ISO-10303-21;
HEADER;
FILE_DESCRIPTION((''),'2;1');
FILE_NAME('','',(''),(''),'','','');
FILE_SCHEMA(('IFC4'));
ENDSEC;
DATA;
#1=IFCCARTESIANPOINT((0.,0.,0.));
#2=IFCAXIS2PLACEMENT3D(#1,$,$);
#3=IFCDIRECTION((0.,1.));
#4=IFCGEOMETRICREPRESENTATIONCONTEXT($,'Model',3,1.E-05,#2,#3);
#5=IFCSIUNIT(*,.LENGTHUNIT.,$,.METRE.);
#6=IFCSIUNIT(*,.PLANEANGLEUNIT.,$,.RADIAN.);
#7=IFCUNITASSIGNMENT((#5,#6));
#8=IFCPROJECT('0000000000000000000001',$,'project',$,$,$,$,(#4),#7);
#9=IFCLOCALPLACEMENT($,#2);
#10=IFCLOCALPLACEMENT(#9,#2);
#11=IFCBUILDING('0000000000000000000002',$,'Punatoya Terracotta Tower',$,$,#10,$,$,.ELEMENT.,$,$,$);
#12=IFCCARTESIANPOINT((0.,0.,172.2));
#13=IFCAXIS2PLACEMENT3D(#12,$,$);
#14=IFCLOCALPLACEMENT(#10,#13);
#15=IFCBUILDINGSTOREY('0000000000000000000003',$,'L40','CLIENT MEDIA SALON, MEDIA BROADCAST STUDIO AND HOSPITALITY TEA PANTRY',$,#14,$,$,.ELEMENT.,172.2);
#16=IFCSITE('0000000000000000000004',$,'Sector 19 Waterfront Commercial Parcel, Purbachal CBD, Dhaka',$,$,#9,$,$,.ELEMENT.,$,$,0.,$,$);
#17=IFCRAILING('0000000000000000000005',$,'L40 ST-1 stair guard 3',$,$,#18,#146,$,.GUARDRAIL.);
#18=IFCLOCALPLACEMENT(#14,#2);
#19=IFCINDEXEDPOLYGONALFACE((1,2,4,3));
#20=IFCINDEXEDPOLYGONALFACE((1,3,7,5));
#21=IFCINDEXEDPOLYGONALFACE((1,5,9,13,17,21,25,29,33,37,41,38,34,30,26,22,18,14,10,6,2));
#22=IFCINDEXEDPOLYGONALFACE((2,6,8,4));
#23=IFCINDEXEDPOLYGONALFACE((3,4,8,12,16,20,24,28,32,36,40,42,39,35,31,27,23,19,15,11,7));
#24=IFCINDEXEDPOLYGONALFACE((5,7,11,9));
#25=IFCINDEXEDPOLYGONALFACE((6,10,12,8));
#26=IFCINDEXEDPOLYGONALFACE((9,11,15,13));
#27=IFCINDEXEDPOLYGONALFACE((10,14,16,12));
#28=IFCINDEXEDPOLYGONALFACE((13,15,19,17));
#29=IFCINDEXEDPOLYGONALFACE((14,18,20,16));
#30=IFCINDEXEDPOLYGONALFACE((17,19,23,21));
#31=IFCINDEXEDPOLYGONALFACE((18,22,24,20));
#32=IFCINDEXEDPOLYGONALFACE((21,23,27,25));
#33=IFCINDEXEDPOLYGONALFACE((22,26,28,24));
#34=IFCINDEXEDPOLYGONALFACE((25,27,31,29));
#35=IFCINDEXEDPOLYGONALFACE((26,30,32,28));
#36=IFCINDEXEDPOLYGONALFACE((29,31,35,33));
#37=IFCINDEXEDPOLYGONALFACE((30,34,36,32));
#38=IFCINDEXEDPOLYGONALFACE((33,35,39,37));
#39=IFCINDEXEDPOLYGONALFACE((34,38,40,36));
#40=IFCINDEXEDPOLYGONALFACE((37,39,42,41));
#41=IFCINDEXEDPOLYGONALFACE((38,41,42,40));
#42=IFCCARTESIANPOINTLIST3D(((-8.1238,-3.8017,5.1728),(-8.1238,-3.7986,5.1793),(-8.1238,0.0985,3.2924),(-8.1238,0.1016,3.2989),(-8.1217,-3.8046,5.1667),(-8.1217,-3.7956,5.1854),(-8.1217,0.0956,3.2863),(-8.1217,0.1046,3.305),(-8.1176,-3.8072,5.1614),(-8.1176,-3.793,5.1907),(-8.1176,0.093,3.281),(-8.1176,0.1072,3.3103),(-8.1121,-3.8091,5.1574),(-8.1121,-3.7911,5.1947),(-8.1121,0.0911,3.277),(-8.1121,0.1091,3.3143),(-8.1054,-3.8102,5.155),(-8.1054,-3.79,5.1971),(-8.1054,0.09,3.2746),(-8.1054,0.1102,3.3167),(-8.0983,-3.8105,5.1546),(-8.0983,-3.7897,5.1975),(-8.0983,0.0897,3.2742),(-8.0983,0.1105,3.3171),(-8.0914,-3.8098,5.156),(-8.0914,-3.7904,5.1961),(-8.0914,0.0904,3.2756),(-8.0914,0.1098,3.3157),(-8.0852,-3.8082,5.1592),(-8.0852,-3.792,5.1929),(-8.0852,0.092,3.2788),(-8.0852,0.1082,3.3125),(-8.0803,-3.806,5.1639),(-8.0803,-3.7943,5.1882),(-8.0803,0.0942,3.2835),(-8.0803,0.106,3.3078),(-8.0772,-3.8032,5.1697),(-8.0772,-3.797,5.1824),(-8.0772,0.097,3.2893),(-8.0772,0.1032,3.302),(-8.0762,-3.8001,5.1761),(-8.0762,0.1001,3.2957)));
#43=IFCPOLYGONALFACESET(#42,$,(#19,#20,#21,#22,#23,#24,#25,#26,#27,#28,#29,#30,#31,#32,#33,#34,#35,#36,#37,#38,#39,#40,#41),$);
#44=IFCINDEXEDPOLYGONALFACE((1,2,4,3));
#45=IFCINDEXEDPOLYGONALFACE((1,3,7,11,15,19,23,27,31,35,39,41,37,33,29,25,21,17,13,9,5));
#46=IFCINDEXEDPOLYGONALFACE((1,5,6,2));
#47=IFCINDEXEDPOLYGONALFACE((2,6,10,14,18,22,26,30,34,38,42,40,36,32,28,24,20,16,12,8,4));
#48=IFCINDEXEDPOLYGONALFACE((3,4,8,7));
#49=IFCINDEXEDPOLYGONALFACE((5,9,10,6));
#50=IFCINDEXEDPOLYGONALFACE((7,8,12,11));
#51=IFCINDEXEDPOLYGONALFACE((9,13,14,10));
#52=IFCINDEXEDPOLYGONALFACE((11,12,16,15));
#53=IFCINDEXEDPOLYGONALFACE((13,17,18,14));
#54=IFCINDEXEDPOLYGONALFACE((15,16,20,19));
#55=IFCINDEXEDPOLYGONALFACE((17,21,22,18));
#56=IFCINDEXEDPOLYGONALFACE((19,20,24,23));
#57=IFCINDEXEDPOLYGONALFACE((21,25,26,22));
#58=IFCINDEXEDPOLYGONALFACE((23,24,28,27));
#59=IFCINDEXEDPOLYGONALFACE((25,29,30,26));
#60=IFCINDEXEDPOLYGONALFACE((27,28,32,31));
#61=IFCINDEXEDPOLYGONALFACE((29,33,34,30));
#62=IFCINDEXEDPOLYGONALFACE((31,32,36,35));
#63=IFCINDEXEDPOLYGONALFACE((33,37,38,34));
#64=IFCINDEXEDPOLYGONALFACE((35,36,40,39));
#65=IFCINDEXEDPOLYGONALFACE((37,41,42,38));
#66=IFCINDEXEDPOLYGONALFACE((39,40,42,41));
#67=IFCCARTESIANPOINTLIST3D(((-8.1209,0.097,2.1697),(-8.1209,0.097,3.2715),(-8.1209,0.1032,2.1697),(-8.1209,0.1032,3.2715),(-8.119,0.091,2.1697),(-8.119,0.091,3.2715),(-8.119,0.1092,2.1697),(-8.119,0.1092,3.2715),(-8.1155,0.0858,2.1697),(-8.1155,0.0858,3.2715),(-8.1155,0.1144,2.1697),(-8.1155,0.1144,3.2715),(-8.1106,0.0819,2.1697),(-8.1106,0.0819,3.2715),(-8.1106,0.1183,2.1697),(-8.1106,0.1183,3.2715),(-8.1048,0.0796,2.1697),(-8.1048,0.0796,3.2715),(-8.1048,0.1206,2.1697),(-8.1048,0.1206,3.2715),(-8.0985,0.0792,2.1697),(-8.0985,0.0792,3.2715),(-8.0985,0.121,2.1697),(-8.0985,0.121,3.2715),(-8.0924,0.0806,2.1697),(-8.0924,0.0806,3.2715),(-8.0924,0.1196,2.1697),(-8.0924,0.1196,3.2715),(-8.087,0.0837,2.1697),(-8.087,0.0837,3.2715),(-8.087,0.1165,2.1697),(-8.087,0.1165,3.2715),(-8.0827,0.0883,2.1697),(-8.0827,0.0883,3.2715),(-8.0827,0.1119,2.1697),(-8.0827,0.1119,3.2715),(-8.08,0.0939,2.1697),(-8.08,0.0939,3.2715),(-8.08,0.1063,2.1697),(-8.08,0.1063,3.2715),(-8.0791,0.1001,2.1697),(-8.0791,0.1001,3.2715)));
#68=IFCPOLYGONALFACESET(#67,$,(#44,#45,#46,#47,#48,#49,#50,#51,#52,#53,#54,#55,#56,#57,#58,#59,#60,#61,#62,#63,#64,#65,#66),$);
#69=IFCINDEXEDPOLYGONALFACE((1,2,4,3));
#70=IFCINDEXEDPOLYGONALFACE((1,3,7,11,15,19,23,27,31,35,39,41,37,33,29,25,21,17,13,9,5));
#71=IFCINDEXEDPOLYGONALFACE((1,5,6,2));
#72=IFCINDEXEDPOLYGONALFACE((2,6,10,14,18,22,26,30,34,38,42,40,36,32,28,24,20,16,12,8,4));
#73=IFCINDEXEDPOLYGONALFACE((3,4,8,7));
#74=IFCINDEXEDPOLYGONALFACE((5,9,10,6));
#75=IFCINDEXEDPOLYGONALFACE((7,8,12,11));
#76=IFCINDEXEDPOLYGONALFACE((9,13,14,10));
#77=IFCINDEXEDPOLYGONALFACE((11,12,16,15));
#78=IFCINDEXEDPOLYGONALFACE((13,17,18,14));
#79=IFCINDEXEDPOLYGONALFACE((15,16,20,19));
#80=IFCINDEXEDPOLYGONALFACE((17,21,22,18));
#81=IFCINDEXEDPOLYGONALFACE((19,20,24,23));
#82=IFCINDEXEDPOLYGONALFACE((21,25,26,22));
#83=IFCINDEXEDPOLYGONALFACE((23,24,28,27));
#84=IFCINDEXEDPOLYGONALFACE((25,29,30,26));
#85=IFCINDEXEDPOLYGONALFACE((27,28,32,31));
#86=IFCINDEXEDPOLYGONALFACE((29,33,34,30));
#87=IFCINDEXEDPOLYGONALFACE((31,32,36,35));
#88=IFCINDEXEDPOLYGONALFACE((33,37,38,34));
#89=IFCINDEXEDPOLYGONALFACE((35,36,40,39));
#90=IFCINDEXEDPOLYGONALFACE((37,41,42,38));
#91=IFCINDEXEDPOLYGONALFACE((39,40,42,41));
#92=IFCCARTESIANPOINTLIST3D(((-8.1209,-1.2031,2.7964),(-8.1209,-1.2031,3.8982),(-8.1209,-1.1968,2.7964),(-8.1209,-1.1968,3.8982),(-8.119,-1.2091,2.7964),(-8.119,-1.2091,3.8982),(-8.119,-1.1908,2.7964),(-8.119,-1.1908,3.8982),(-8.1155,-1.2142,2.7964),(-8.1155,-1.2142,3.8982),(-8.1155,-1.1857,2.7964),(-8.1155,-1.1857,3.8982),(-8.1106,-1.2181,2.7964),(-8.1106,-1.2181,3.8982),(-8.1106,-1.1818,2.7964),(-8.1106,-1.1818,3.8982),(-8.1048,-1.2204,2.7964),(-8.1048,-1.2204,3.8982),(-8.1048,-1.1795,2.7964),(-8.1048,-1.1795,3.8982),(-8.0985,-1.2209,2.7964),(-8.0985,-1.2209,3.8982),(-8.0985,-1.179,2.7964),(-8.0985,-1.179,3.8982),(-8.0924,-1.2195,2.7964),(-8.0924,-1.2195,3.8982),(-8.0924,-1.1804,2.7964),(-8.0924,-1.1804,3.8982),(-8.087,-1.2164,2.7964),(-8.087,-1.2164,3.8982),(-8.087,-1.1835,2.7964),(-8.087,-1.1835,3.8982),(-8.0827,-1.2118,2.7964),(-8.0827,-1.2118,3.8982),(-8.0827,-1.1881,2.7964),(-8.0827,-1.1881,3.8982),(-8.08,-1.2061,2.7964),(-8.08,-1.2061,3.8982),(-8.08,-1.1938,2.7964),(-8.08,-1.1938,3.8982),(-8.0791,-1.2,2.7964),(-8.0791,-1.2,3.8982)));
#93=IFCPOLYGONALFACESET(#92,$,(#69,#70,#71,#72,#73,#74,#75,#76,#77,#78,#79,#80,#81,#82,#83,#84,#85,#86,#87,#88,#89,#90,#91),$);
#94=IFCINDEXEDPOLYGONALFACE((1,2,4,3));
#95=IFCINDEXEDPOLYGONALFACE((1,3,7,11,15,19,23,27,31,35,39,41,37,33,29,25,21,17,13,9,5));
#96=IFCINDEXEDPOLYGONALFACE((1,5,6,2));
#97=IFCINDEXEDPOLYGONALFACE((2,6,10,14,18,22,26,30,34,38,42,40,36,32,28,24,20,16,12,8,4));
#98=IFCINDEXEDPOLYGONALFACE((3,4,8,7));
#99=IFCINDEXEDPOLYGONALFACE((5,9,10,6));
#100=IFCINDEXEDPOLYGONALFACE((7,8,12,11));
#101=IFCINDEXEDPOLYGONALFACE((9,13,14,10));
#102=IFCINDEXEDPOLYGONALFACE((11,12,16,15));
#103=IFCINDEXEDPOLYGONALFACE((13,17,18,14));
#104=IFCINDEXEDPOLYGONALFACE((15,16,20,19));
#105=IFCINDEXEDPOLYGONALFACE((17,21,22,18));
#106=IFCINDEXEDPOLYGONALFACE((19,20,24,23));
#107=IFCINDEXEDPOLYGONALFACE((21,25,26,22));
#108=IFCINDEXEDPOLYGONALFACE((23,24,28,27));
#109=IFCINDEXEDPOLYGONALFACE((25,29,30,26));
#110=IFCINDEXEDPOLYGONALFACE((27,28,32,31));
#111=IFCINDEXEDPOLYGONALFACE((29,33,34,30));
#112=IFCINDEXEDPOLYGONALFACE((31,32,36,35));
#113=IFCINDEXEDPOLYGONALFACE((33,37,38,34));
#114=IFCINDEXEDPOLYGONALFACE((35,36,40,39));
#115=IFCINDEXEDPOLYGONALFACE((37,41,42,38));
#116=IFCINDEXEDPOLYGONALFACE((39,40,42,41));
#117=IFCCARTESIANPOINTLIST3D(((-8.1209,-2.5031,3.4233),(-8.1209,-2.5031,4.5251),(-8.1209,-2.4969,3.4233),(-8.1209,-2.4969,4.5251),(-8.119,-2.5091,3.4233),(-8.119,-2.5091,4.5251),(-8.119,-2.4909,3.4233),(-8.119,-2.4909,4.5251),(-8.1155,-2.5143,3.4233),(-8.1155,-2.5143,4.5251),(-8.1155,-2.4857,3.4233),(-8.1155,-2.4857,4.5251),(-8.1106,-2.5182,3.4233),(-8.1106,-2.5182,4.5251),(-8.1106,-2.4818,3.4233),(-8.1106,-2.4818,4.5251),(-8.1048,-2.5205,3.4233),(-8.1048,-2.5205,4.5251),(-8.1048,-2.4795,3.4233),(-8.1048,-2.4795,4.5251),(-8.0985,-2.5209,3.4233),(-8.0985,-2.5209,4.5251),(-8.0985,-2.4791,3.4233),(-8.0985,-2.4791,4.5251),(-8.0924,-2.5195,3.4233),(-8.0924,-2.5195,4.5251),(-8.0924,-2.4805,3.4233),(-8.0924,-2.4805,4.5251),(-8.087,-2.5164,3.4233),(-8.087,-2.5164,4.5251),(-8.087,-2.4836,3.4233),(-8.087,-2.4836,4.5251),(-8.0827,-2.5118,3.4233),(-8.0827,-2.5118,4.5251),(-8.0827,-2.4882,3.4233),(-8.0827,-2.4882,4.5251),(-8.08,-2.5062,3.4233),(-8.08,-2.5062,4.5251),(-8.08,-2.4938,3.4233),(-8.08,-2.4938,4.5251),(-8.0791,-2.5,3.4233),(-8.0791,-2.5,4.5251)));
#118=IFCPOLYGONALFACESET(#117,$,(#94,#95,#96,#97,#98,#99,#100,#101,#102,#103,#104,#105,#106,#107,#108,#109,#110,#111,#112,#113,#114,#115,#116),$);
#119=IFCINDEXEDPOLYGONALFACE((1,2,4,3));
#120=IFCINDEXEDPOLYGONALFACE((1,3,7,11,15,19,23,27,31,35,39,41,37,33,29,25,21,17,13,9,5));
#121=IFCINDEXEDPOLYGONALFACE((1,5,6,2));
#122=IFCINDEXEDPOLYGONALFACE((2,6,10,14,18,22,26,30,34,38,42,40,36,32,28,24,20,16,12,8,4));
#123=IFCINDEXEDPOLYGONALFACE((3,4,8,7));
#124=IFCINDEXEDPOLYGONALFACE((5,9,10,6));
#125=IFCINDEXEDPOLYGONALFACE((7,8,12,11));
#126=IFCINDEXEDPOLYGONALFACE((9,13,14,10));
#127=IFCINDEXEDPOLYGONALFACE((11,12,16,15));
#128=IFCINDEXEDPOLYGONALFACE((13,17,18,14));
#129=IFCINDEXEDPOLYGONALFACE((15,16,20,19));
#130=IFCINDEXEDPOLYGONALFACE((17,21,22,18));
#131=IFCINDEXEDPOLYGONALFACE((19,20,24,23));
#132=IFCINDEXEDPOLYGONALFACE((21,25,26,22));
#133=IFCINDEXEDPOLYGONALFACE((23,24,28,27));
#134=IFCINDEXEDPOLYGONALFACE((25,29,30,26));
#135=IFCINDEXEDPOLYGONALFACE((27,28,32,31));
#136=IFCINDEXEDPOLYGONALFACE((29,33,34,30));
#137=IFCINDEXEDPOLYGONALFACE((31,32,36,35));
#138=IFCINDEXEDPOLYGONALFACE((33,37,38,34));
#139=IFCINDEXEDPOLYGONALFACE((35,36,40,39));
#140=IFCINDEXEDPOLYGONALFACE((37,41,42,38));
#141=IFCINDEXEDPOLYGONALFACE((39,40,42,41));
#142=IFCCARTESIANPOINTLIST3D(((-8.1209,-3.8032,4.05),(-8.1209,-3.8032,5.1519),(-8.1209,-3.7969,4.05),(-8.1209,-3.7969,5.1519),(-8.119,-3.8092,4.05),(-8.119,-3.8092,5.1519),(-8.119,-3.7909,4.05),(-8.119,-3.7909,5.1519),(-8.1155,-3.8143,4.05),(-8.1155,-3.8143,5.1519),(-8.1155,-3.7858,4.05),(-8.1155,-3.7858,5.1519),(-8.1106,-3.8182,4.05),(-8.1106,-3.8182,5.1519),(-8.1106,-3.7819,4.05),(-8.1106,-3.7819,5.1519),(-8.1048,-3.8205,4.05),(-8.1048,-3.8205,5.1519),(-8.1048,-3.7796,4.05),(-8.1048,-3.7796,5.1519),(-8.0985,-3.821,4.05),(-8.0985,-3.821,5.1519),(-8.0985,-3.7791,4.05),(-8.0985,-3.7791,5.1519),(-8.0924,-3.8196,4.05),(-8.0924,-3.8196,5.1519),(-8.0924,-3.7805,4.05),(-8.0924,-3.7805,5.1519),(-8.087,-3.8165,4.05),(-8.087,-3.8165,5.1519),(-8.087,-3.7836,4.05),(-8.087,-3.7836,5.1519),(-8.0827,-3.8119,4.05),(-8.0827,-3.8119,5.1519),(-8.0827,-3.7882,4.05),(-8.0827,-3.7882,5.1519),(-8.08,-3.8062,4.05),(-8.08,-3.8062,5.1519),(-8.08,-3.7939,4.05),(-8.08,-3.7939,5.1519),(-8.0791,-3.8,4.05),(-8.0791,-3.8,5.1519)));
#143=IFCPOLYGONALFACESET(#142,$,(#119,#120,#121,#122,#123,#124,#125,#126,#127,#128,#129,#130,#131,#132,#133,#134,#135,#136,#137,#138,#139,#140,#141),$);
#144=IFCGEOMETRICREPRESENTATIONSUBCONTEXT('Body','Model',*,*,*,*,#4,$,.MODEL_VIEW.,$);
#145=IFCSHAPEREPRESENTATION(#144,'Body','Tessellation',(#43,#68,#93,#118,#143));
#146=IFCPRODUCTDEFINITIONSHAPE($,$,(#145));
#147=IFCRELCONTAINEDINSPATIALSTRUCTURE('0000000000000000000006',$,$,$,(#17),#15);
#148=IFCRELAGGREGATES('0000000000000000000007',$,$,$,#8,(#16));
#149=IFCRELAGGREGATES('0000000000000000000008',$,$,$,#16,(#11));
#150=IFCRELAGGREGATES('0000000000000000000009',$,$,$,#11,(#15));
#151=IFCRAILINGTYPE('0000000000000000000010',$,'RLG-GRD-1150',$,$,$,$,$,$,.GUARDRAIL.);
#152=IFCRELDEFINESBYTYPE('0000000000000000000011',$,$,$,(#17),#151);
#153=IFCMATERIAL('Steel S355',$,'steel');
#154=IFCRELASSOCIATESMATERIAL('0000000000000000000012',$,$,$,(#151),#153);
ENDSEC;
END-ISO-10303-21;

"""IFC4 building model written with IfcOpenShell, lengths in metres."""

from ifc_helpers import new_model, si_unit, direction, frame, origin, origin_2d, place, context, subcontext, project, spatial, circle, extrude, material, type_object, element, save


model = new_model("IFC4")

# Units and contexts
model_context = context("Model", 3, precision=1e-05, world=origin(), true_north=direction((0.0, 1.0)))
body_context = subcontext(model_context, "Body", "Model", "MODEL_VIEW")
ifc_project = project(units=[si_unit("LENGTHUNIT", "METRE"), si_unit("PLANEANGLEUNIT", "RADIAN")], contexts=[model_context])

# Site, building, storey
site_placement = place(None, origin())
site = spatial("IfcSite", under=ifc_project, at=site_placement, Name="Sector 19 Waterfront Commercial Parcel, Purbachal CBD, Dhaka", CompositionType="ELEMENT", RefElevation=0.0)
building_placement = place(site_placement, origin())
building = spatial("IfcBuilding", under=site, at=building_placement, Name="Punatoya Terracotta Tower", CompositionType="ELEMENT")
storey_placement = place(building_placement, frame((0.0, 0.0, 172.2)))
storey = spatial("IfcBuildingStorey", under=building, at=storey_placement, Name="L40", Description="CLIENT MEDIA SALON, MEDIA BROADCAST STUDIO AND HOSPITALITY TEA PANTRY", CompositionType="ELEMENT", Elevation=172.2)

# Shared definitions
ifc_material_1 = material(Name="Steel S355", Category="steel")

# Railing
railing_type_1 = type_object("IfcRailingType", Name="RLG-GRD-1150", PredefinedType="GUARDRAIL", material=ifc_material_1)
railing_1_placement = place(storey_placement, frame((-8.1001, 0.1001, 2.1697)))
element("IfcRailing", 1, at=railing_1_placement, inside=storey, type_object=railing_type_1, Name="L40 ST-1 stair guard 3", PredefinedType="GUARDRAIL", context=body_context, shape_type="SweptSolid", body=[
    extrude(circle(Radius=0.0239, at=origin_2d()), frame((0.0, 0.0, 1.126), z_axis=(0.0, -0.900774, 0.434289), x_axis=(1.0, 0.0, 0.0)), (0.0, 0.0, 1.0), 4.3298),
    extrude(circle(Radius=0.021, at=origin_2d()), origin(), (0.0, 0.0, 1.0), 1.1018),
    extrude(circle(Radius=0.021, at=origin_2d()), frame((0.0, -1.3, 0.6267)), (0.0, 0.0, 1.0), 1.1018),
    extrude(circle(Radius=0.021, at=origin_2d()), frame((0.0, -2.6001, 1.2537)), (0.0, 0.0, 1.0), 1.1018),
    extrude(circle(Radius=0.021, at=origin_2d()), frame((0.0, -3.9001, 1.8804)), (0.0, 0.0, 1.0), 1.1018),
])

save(model, "model.ifc")
